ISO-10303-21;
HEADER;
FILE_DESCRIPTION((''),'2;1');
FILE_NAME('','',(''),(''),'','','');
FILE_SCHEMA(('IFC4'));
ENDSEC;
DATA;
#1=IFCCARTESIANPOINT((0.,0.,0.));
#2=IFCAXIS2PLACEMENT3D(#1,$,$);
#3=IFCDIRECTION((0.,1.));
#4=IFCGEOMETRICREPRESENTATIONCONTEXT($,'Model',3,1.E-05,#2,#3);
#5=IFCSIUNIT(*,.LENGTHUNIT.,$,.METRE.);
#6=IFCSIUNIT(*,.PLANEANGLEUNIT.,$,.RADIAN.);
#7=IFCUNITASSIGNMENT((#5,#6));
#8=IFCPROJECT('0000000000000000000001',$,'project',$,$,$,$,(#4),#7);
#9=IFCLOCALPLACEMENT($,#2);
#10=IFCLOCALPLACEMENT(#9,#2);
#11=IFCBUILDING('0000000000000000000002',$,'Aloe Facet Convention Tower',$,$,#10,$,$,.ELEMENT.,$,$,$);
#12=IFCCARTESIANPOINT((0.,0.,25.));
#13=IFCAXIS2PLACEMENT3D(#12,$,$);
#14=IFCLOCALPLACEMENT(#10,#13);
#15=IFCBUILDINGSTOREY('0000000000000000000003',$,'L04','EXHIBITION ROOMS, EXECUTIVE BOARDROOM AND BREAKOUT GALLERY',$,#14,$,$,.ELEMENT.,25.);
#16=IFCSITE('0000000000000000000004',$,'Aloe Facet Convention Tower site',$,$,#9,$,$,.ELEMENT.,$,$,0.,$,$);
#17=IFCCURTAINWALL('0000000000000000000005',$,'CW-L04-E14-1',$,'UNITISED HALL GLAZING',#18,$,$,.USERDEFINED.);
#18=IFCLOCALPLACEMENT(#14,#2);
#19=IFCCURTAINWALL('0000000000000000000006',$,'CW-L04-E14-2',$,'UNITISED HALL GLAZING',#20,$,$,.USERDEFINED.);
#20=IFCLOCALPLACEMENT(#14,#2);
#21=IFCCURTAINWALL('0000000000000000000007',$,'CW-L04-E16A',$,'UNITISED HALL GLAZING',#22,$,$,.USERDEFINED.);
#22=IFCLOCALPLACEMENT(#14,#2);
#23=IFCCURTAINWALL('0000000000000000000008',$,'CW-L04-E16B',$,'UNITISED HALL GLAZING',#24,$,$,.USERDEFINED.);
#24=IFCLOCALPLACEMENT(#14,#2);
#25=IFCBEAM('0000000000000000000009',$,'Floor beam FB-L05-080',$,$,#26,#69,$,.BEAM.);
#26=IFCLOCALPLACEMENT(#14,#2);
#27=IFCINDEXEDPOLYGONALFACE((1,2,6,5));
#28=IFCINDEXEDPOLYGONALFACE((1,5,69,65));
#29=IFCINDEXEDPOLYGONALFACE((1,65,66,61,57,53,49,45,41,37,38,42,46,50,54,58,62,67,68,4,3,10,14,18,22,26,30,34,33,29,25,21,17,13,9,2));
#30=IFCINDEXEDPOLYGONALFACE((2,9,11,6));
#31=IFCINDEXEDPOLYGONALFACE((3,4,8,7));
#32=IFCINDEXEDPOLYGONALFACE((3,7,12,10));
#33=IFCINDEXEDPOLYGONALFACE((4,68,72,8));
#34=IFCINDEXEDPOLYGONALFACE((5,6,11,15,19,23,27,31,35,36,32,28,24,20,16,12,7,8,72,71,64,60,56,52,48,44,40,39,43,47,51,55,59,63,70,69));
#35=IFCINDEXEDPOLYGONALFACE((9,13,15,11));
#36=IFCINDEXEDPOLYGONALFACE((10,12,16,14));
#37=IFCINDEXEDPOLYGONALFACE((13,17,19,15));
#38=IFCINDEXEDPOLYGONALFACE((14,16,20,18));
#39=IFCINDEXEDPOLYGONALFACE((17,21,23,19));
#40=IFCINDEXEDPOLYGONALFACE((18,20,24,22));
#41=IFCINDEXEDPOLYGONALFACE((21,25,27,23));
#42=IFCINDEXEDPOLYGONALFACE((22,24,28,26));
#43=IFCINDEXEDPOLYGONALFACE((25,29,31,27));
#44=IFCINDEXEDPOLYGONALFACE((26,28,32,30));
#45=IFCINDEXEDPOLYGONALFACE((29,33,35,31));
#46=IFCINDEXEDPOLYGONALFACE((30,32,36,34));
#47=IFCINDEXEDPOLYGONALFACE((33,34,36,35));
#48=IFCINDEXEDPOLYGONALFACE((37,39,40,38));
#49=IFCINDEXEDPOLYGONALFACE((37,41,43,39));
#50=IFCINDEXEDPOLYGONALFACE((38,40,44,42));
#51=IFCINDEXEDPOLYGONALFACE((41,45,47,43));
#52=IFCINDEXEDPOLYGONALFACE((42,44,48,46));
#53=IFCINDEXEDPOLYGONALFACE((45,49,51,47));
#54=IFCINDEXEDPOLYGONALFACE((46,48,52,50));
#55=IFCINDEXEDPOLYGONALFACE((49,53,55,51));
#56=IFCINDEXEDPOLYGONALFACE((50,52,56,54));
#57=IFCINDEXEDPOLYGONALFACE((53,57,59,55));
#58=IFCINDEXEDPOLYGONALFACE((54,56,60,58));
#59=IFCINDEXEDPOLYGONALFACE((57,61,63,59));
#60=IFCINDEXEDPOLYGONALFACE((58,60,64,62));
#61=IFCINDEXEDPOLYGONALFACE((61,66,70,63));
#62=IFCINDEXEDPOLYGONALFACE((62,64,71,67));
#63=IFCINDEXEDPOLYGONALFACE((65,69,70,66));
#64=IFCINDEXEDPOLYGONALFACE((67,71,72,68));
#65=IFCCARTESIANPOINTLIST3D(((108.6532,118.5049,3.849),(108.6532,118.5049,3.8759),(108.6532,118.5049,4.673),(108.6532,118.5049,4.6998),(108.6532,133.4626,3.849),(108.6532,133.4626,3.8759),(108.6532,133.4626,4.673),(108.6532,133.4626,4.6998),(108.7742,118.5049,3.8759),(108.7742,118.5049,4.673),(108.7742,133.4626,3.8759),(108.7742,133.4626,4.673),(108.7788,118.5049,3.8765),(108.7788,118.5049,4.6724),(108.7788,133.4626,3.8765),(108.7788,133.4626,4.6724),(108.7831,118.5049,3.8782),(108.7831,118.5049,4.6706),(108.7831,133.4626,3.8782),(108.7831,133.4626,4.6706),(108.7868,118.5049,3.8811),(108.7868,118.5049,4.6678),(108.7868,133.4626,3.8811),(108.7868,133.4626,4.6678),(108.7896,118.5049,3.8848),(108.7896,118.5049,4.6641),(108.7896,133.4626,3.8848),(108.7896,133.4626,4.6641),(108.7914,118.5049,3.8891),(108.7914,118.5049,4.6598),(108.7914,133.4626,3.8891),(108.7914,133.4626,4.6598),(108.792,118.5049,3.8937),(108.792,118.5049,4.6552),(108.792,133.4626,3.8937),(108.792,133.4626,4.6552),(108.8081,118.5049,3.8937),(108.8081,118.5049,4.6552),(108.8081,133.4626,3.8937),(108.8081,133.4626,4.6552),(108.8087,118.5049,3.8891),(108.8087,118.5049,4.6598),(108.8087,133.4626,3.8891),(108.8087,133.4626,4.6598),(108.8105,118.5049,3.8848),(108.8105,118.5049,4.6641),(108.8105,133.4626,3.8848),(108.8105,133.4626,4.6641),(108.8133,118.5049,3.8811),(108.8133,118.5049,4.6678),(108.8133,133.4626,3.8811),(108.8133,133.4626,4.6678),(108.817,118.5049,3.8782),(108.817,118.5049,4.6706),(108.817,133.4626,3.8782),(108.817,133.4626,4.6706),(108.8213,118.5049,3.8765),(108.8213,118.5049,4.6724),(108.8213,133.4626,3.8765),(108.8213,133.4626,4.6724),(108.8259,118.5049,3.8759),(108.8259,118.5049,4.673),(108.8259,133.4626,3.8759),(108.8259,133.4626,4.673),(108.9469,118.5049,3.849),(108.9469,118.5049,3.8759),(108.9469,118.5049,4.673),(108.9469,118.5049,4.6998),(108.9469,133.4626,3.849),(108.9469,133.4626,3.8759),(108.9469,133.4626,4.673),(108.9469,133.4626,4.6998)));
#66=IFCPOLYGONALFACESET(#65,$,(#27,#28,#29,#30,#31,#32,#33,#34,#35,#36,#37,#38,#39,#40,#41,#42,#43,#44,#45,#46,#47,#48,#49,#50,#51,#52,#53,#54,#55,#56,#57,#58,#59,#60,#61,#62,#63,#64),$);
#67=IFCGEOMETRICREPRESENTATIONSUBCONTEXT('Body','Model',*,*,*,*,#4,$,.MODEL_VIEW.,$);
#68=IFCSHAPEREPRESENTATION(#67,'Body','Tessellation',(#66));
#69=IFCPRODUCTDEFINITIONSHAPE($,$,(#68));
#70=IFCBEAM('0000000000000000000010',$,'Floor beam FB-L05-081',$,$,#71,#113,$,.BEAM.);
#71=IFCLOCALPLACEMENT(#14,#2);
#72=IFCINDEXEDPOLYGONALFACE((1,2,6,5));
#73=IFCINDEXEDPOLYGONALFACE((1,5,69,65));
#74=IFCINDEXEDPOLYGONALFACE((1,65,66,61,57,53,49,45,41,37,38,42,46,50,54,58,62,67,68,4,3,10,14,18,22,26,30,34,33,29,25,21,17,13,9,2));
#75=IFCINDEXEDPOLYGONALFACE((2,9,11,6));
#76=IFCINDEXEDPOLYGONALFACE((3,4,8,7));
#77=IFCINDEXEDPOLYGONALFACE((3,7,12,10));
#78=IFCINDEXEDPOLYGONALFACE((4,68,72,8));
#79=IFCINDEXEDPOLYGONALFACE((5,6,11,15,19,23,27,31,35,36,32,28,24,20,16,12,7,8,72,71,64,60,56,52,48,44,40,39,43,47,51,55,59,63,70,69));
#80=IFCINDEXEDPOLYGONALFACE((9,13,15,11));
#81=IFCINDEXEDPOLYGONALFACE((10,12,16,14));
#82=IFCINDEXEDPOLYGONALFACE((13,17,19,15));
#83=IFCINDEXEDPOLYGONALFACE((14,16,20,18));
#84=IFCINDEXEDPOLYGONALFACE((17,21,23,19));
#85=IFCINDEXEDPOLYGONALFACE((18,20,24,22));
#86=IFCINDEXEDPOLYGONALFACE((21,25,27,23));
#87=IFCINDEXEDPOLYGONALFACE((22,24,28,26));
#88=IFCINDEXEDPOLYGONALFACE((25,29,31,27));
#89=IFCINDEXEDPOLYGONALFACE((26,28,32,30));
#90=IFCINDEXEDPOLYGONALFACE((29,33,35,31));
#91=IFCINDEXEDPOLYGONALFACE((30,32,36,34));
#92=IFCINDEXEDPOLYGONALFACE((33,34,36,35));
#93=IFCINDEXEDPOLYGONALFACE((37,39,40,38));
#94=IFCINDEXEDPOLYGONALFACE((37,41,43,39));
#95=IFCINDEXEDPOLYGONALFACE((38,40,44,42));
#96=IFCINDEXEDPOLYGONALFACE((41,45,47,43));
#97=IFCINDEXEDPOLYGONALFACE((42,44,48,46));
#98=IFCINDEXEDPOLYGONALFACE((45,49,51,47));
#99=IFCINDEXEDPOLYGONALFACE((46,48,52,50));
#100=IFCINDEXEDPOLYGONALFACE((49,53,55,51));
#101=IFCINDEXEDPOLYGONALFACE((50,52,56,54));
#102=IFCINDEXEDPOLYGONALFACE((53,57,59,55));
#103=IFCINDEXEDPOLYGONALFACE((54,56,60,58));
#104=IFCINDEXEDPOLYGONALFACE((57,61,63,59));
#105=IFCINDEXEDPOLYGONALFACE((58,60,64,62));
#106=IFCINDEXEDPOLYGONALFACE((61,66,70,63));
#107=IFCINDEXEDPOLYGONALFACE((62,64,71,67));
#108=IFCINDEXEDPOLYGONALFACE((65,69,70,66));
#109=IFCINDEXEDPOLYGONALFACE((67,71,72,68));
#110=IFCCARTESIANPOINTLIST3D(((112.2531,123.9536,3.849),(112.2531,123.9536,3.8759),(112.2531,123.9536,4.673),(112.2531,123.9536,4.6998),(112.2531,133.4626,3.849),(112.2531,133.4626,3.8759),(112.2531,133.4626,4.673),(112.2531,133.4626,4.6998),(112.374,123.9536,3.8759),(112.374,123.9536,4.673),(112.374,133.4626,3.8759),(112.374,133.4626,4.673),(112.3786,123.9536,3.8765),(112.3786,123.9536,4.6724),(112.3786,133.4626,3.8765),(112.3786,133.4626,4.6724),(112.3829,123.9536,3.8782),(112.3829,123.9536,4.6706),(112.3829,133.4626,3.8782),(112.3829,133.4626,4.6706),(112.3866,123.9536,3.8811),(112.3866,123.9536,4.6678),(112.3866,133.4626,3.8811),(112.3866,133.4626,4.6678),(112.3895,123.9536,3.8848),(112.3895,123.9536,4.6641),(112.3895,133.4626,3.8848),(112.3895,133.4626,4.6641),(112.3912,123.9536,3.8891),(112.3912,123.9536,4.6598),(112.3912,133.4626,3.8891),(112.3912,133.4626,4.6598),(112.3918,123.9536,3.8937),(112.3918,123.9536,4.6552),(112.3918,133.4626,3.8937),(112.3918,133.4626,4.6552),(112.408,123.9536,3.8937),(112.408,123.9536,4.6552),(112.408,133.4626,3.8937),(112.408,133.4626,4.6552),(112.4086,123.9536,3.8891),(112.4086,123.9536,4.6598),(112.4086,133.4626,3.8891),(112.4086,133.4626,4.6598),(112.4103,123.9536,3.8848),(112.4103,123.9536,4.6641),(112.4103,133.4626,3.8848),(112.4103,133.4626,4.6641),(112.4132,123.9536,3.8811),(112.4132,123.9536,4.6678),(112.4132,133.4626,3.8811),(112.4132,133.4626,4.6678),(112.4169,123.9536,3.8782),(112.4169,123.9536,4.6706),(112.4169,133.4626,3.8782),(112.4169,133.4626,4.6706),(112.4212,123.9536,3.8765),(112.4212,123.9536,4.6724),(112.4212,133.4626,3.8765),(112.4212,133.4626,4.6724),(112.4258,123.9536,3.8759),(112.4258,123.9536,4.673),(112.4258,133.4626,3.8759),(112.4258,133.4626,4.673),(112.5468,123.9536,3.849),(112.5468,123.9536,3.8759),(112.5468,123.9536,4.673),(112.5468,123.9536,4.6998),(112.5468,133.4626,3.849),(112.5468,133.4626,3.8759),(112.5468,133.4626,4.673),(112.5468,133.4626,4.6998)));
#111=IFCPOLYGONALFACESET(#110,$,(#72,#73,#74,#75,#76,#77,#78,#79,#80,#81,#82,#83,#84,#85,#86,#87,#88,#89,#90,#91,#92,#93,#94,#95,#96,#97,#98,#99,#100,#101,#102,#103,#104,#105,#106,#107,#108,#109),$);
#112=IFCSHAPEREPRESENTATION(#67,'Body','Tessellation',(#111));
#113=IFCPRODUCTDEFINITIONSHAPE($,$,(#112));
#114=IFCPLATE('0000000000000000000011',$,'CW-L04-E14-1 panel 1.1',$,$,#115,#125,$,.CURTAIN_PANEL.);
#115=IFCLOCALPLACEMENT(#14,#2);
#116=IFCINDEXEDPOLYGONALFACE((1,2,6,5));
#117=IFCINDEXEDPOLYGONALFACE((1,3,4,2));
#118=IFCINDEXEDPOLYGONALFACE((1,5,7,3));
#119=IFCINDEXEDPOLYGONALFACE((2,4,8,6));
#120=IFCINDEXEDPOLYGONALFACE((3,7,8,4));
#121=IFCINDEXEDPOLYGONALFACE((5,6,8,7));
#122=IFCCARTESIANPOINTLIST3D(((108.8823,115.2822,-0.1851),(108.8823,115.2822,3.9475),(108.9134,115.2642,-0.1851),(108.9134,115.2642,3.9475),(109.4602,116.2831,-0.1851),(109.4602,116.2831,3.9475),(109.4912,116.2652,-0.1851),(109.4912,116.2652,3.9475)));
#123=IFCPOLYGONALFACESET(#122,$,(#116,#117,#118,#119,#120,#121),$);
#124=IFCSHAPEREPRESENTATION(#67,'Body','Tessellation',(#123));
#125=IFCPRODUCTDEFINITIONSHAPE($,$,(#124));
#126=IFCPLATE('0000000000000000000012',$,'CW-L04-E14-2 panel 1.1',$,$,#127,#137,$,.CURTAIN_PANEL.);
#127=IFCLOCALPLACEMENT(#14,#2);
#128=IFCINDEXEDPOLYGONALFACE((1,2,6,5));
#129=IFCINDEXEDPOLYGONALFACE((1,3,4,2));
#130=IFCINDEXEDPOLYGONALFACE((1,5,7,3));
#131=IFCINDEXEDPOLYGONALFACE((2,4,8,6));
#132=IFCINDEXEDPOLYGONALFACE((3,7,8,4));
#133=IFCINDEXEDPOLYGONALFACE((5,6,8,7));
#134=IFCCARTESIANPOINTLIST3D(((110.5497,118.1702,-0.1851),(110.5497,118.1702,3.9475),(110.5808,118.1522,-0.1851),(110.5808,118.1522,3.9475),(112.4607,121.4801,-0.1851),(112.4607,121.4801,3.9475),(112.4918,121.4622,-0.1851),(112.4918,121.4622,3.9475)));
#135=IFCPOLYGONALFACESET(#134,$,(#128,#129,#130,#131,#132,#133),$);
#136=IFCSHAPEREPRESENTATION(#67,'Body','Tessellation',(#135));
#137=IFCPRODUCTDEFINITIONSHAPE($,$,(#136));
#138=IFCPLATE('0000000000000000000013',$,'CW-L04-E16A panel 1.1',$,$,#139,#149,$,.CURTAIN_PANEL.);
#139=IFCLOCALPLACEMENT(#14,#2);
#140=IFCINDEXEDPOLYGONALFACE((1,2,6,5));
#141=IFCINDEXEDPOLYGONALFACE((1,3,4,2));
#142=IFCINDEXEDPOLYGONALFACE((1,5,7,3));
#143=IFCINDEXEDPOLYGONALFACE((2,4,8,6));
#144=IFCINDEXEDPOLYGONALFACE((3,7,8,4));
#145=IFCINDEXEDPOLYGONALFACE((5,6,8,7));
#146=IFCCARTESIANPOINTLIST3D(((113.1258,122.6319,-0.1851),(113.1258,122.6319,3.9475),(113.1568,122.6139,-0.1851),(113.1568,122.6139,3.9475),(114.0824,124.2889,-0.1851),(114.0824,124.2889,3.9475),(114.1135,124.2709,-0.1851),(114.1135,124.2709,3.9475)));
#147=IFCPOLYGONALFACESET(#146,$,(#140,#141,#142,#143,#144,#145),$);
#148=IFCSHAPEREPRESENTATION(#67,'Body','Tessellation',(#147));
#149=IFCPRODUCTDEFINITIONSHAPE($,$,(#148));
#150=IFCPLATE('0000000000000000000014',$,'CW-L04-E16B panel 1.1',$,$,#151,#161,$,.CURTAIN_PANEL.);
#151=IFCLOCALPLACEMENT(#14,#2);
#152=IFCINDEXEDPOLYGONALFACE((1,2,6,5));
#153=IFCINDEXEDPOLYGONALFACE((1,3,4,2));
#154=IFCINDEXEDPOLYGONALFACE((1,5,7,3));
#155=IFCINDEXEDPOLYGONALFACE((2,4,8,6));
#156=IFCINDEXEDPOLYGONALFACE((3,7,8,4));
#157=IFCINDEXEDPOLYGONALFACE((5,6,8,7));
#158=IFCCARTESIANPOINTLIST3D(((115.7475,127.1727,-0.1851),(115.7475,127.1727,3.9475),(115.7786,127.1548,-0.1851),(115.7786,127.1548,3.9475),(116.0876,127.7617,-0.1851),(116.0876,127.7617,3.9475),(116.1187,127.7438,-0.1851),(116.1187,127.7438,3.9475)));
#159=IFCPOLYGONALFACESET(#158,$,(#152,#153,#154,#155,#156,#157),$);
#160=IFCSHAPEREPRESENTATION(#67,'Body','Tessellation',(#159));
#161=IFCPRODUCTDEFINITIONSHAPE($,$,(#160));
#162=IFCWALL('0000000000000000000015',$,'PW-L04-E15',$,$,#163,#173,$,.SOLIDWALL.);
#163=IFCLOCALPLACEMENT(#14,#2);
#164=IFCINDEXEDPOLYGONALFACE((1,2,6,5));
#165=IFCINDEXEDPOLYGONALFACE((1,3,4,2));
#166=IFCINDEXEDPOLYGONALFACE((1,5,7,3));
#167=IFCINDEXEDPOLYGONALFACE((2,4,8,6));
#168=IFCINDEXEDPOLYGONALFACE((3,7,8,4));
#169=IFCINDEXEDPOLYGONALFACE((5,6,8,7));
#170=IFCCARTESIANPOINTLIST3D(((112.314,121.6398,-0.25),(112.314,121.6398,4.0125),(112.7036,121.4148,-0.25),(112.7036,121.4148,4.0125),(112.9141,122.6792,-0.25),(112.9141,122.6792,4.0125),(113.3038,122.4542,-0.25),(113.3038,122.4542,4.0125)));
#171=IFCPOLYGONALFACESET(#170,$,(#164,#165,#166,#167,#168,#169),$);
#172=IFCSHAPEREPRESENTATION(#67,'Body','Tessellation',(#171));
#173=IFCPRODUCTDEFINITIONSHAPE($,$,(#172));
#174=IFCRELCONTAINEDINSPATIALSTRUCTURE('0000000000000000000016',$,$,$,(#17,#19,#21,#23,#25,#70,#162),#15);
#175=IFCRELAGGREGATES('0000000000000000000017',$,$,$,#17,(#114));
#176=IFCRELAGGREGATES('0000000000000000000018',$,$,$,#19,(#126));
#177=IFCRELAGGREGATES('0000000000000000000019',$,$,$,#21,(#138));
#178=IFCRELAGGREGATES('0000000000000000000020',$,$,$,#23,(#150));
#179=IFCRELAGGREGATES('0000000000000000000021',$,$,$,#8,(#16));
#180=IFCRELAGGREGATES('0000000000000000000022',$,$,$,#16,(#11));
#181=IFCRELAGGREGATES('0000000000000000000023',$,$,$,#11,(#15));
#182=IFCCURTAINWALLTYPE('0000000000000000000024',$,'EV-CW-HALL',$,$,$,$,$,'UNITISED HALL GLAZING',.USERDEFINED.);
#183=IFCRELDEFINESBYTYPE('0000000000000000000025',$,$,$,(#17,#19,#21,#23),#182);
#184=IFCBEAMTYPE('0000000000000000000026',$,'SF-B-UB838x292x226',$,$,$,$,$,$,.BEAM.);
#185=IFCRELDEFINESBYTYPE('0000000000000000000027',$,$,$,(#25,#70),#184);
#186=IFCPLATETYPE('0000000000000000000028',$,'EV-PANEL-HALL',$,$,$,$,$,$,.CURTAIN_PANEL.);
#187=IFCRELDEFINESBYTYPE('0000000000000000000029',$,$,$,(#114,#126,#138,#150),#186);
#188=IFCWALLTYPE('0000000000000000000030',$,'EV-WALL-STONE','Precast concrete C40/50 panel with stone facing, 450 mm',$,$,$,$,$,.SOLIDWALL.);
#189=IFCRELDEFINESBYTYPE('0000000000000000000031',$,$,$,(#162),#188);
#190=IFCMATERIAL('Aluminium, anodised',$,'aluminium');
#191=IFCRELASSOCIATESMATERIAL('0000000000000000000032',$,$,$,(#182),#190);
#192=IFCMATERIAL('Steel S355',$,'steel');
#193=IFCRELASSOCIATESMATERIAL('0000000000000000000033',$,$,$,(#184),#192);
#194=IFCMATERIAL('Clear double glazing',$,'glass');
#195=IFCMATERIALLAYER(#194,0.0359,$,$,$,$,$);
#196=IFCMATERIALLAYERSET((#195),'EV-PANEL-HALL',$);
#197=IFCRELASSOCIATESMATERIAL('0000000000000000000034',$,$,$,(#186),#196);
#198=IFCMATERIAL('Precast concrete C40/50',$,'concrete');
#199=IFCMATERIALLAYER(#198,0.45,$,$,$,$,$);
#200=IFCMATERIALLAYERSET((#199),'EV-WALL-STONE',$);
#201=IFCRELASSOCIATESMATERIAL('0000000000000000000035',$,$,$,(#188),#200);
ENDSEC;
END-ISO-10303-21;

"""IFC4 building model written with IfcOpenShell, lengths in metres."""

from ifc_helpers import new_model, si_unit, direction, frame, frame_2d, origin, origin_2d, place, context, subcontext, project, spatial, rectangle, i_section, extrude, material, layer, layer_set, material_profile, profile_set, type_object, element, aggregate, save


model = new_model("IFC4")

# Units and contexts
model_context = context("Model", 3, precision=1e-05, world=origin(), true_north=direction((0.0, 1.0)))
body_context = subcontext(model_context, "Body", "Model", "MODEL_VIEW")
ifc_project = project(units=[si_unit("LENGTHUNIT", "METRE"), si_unit("PLANEANGLEUNIT", "RADIAN")], contexts=[model_context])

# Site, building, storey
site_placement = place(None, origin())
site = spatial("IfcSite", under=ifc_project, at=site_placement, Name="Aloe Facet Convention Tower site", CompositionType="ELEMENT", RefElevation=0.0)
building_placement = place(site_placement, origin())
building = spatial("IfcBuilding", under=site, at=building_placement, Name="Aloe Facet Convention Tower", CompositionType="ELEMENT")
storey_placement = place(building_placement, frame((0.0, 0.0, 25.0)))
storey = spatial("IfcBuildingStorey", under=building, at=storey_placement, Name="L04", Description="EXHIBITION ROOMS, EXECUTIVE BOARDROOM AND BREAKOUT GALLERY", CompositionType="ELEMENT", Elevation=25.0)

# Curtain walls
ifc_material_1 = material(Name="Aluminium, anodised", Category="aluminium")
curtain_wall_type = type_object("IfcCurtainWallType", Name="EV-CW-HALL", ElementType="UNITISED HALL GLAZING", PredefinedType="USERDEFINED", material=ifc_material_1)
curtain_wall_1_placement = place(storey_placement, origin())
curtain_wall_1 = element("IfcCurtainWall", 1, at=curtain_wall_1_placement, inside=storey, type_object=curtain_wall_type, Name="CW-L04-E14-1", ObjectType="UNITISED HALL GLAZING", PredefinedType="USERDEFINED")
curtain_wall_2_placement = place(storey_placement, origin())
curtain_wall_2 = element("IfcCurtainWall", 2, at=curtain_wall_2_placement, inside=storey, type_object=curtain_wall_type, Name="CW-L04-E14-2", ObjectType="UNITISED HALL GLAZING", PredefinedType="USERDEFINED")
curtain_wall_3_placement = place(storey_placement, origin())
curtain_wall_3 = element("IfcCurtainWall", 3, at=curtain_wall_3_placement, inside=storey, type_object=curtain_wall_type, Name="CW-L04-E16A", ObjectType="UNITISED HALL GLAZING", PredefinedType="USERDEFINED")
curtain_wall_4_placement = place(storey_placement, origin())
curtain_wall_4 = element("IfcCurtainWall", 4, at=curtain_wall_4_placement, inside=storey, type_object=curtain_wall_type, Name="CW-L04-E16B", ObjectType="UNITISED HALL GLAZING", PredefinedType="USERDEFINED")

# Beams
ifc_material_2 = material(Name="Steel S355", Category="steel")
ifc_material_profile_1 = material_profile(ifc_material_2, i_section(OverallWidth=0.2937, OverallDepth=0.8508, WebThickness=0.0161, FlangeThickness=0.0269, FilletRadius=0.0178, at=origin_2d()), Name="UB 838x292x226")
ifc_profile_set_1 = profile_set([ifc_material_profile_1], Name="Steel S355")
beam_type_1 = type_object("IfcBeamType", Name="SF-B-UB838x292x226", PredefinedType="BEAM", material=ifc_profile_set_1)
beam_1_placement = place(storey_placement, frame((108.8, 118.5049, 4.2744), z_axis=(0.0, 1.0, 0.0), x_axis=(-1.0, 0.0, 0.0)))
element("IfcBeam", 5, at=beam_1_placement, inside=storey, type_object=beam_type_1, Name="Floor beam FB-L05-080", PredefinedType="BEAM", context=body_context, shape_type="SweptSolid", body=[
    extrude(i_section(OverallWidth=0.2937, OverallDepth=0.8508, WebThickness=0.0161, FlangeThickness=0.0269, FilletRadius=0.0178, at=origin_2d()), origin(), (0.0, 0.0, 1.0), 14.9578),
])
beam_2_placement = place(storey_placement, frame((112.3999, 123.9536, 4.2744), z_axis=(0.0, 1.0, 0.0), x_axis=(-1.0, 0.0, 0.0)))
element("IfcBeam", 6, at=beam_2_placement, inside=storey, type_object=beam_type_1, Name="Floor beam FB-L05-081", PredefinedType="BEAM", context=body_context, shape_type="SweptSolid", body=[
    extrude(i_section(OverallWidth=0.2937, OverallDepth=0.8508, WebThickness=0.0161, FlangeThickness=0.0269, FilletRadius=0.0178, at=origin_2d()), origin(), (0.0, 0.0, 1.0), 9.509),
])

# Plates
ifc_material_3 = material(Name="Clear double glazing", Category="glass")
ifc_layer_1 = layer(ifc_material_3, 0.0359)
ifc_layer_set_1 = layer_set([ifc_layer_1], Name="EV-PANEL-HALL")
plate_type = type_object("IfcPlateType", Name="EV-PANEL-HALL", PredefinedType="CURTAIN_PANEL", material=ifc_layer_set_1)
plate_1_placement = place(storey_placement, frame((109.1868, 115.7737, -0.1851), z_axis=(0.0, 0.0, 1.0), x_axis=(0.5, 0.866025, 0.0)))
plate_1 = element("IfcPlate", 7, at=plate_1_placement, type_object=plate_type, Name="CW-L04-E14-1 panel 1.1", PredefinedType="CURTAIN_PANEL", context=body_context, shape_type="SweptSolid", body=[
    extrude(rectangle(XDim=1.1558, YDim=0.0359, at=origin_2d()), origin(), (0.0, 0.0, 1.0), 4.1326),
])
aggregate(curtain_wall_1, [plate_1])
plate_2_placement = place(storey_placement, frame((111.5208, 119.8162, -0.1851), z_axis=(0.0, 0.0, 1.0), x_axis=(0.5, 0.866025, 0.0)))
plate_2 = element("IfcPlate", 8, at=plate_2_placement, type_object=plate_type, Name="CW-L04-E14-2 panel 1.1", PredefinedType="CURTAIN_PANEL", context=body_context, shape_type="SweptSolid", body=[
    extrude(rectangle(XDim=3.822, YDim=0.0359, at=origin_2d()), origin(), (0.0, 0.0, 1.0), 4.1326),
])
aggregate(curtain_wall_2, [plate_2])
plate_3_placement = place(storey_placement, frame((113.6196, 123.4514, -0.1851), z_axis=(0.0, 0.0, 1.0), x_axis=(0.5, 0.866025, 0.0)))
plate_3 = element("IfcPlate", 9, at=plate_3_placement, type_object=plate_type, Name="CW-L04-E16A panel 1.1", PredefinedType="CURTAIN_PANEL", context=body_context, shape_type="SweptSolid", body=[
    extrude(rectangle(XDim=1.9133, YDim=0.0359, at=origin_2d()), origin(), (0.0, 0.0, 1.0), 4.1326),
])
aggregate(curtain_wall_3, [plate_3])
plate_4_placement = place(storey_placement, frame((115.9331, 127.4583, -0.1851), z_axis=(0.0, 0.0, 1.0), x_axis=(0.5, 0.866025, 0.0)))
plate_4 = element("IfcPlate", 10, at=plate_4_placement, type_object=plate_type, Name="CW-L04-E16B panel 1.1", PredefinedType="CURTAIN_PANEL", context=body_context, shape_type="SweptSolid", body=[
    extrude(rectangle(XDim=0.6802, YDim=0.0359, at=origin_2d()), origin(), (0.0, 0.0, 1.0), 4.1326),
])
aggregate(curtain_wall_4, [plate_4])

# Wall
ifc_material_4 = material(Name="Precast concrete C40/50", Category="concrete")
ifc_layer_2 = layer(ifc_material_4, 0.45)
ifc_layer_set_2 = layer_set([ifc_layer_2], Name="EV-WALL-STONE")
wall_type = type_object("IfcWallType", Name="EV-WALL-STONE", Description="Precast concrete C40/50 panel with stone facing, 450 mm", PredefinedType="SOLIDWALL", material=ifc_layer_set_2)
wall_1_placement = place(storey_placement, frame((112.5088, 121.5273, -0.25), z_axis=(0.0, 0.0, 1.0), x_axis=(0.500034, 0.866006, 0.0)))
element("IfcWall", 11, at=wall_1_placement, inside=storey, type_object=wall_type, Name="PW-L04-E15", PredefinedType="SOLIDWALL", context=body_context, shape_type="SweptSolid", body=[
    extrude(rectangle(XDim=1.2002, YDim=0.45, at=frame_2d((0.6001, 0.0))), origin(), (0.0, 0.0, 1.0), 4.2625),
])

save(model, "model.ifc")
